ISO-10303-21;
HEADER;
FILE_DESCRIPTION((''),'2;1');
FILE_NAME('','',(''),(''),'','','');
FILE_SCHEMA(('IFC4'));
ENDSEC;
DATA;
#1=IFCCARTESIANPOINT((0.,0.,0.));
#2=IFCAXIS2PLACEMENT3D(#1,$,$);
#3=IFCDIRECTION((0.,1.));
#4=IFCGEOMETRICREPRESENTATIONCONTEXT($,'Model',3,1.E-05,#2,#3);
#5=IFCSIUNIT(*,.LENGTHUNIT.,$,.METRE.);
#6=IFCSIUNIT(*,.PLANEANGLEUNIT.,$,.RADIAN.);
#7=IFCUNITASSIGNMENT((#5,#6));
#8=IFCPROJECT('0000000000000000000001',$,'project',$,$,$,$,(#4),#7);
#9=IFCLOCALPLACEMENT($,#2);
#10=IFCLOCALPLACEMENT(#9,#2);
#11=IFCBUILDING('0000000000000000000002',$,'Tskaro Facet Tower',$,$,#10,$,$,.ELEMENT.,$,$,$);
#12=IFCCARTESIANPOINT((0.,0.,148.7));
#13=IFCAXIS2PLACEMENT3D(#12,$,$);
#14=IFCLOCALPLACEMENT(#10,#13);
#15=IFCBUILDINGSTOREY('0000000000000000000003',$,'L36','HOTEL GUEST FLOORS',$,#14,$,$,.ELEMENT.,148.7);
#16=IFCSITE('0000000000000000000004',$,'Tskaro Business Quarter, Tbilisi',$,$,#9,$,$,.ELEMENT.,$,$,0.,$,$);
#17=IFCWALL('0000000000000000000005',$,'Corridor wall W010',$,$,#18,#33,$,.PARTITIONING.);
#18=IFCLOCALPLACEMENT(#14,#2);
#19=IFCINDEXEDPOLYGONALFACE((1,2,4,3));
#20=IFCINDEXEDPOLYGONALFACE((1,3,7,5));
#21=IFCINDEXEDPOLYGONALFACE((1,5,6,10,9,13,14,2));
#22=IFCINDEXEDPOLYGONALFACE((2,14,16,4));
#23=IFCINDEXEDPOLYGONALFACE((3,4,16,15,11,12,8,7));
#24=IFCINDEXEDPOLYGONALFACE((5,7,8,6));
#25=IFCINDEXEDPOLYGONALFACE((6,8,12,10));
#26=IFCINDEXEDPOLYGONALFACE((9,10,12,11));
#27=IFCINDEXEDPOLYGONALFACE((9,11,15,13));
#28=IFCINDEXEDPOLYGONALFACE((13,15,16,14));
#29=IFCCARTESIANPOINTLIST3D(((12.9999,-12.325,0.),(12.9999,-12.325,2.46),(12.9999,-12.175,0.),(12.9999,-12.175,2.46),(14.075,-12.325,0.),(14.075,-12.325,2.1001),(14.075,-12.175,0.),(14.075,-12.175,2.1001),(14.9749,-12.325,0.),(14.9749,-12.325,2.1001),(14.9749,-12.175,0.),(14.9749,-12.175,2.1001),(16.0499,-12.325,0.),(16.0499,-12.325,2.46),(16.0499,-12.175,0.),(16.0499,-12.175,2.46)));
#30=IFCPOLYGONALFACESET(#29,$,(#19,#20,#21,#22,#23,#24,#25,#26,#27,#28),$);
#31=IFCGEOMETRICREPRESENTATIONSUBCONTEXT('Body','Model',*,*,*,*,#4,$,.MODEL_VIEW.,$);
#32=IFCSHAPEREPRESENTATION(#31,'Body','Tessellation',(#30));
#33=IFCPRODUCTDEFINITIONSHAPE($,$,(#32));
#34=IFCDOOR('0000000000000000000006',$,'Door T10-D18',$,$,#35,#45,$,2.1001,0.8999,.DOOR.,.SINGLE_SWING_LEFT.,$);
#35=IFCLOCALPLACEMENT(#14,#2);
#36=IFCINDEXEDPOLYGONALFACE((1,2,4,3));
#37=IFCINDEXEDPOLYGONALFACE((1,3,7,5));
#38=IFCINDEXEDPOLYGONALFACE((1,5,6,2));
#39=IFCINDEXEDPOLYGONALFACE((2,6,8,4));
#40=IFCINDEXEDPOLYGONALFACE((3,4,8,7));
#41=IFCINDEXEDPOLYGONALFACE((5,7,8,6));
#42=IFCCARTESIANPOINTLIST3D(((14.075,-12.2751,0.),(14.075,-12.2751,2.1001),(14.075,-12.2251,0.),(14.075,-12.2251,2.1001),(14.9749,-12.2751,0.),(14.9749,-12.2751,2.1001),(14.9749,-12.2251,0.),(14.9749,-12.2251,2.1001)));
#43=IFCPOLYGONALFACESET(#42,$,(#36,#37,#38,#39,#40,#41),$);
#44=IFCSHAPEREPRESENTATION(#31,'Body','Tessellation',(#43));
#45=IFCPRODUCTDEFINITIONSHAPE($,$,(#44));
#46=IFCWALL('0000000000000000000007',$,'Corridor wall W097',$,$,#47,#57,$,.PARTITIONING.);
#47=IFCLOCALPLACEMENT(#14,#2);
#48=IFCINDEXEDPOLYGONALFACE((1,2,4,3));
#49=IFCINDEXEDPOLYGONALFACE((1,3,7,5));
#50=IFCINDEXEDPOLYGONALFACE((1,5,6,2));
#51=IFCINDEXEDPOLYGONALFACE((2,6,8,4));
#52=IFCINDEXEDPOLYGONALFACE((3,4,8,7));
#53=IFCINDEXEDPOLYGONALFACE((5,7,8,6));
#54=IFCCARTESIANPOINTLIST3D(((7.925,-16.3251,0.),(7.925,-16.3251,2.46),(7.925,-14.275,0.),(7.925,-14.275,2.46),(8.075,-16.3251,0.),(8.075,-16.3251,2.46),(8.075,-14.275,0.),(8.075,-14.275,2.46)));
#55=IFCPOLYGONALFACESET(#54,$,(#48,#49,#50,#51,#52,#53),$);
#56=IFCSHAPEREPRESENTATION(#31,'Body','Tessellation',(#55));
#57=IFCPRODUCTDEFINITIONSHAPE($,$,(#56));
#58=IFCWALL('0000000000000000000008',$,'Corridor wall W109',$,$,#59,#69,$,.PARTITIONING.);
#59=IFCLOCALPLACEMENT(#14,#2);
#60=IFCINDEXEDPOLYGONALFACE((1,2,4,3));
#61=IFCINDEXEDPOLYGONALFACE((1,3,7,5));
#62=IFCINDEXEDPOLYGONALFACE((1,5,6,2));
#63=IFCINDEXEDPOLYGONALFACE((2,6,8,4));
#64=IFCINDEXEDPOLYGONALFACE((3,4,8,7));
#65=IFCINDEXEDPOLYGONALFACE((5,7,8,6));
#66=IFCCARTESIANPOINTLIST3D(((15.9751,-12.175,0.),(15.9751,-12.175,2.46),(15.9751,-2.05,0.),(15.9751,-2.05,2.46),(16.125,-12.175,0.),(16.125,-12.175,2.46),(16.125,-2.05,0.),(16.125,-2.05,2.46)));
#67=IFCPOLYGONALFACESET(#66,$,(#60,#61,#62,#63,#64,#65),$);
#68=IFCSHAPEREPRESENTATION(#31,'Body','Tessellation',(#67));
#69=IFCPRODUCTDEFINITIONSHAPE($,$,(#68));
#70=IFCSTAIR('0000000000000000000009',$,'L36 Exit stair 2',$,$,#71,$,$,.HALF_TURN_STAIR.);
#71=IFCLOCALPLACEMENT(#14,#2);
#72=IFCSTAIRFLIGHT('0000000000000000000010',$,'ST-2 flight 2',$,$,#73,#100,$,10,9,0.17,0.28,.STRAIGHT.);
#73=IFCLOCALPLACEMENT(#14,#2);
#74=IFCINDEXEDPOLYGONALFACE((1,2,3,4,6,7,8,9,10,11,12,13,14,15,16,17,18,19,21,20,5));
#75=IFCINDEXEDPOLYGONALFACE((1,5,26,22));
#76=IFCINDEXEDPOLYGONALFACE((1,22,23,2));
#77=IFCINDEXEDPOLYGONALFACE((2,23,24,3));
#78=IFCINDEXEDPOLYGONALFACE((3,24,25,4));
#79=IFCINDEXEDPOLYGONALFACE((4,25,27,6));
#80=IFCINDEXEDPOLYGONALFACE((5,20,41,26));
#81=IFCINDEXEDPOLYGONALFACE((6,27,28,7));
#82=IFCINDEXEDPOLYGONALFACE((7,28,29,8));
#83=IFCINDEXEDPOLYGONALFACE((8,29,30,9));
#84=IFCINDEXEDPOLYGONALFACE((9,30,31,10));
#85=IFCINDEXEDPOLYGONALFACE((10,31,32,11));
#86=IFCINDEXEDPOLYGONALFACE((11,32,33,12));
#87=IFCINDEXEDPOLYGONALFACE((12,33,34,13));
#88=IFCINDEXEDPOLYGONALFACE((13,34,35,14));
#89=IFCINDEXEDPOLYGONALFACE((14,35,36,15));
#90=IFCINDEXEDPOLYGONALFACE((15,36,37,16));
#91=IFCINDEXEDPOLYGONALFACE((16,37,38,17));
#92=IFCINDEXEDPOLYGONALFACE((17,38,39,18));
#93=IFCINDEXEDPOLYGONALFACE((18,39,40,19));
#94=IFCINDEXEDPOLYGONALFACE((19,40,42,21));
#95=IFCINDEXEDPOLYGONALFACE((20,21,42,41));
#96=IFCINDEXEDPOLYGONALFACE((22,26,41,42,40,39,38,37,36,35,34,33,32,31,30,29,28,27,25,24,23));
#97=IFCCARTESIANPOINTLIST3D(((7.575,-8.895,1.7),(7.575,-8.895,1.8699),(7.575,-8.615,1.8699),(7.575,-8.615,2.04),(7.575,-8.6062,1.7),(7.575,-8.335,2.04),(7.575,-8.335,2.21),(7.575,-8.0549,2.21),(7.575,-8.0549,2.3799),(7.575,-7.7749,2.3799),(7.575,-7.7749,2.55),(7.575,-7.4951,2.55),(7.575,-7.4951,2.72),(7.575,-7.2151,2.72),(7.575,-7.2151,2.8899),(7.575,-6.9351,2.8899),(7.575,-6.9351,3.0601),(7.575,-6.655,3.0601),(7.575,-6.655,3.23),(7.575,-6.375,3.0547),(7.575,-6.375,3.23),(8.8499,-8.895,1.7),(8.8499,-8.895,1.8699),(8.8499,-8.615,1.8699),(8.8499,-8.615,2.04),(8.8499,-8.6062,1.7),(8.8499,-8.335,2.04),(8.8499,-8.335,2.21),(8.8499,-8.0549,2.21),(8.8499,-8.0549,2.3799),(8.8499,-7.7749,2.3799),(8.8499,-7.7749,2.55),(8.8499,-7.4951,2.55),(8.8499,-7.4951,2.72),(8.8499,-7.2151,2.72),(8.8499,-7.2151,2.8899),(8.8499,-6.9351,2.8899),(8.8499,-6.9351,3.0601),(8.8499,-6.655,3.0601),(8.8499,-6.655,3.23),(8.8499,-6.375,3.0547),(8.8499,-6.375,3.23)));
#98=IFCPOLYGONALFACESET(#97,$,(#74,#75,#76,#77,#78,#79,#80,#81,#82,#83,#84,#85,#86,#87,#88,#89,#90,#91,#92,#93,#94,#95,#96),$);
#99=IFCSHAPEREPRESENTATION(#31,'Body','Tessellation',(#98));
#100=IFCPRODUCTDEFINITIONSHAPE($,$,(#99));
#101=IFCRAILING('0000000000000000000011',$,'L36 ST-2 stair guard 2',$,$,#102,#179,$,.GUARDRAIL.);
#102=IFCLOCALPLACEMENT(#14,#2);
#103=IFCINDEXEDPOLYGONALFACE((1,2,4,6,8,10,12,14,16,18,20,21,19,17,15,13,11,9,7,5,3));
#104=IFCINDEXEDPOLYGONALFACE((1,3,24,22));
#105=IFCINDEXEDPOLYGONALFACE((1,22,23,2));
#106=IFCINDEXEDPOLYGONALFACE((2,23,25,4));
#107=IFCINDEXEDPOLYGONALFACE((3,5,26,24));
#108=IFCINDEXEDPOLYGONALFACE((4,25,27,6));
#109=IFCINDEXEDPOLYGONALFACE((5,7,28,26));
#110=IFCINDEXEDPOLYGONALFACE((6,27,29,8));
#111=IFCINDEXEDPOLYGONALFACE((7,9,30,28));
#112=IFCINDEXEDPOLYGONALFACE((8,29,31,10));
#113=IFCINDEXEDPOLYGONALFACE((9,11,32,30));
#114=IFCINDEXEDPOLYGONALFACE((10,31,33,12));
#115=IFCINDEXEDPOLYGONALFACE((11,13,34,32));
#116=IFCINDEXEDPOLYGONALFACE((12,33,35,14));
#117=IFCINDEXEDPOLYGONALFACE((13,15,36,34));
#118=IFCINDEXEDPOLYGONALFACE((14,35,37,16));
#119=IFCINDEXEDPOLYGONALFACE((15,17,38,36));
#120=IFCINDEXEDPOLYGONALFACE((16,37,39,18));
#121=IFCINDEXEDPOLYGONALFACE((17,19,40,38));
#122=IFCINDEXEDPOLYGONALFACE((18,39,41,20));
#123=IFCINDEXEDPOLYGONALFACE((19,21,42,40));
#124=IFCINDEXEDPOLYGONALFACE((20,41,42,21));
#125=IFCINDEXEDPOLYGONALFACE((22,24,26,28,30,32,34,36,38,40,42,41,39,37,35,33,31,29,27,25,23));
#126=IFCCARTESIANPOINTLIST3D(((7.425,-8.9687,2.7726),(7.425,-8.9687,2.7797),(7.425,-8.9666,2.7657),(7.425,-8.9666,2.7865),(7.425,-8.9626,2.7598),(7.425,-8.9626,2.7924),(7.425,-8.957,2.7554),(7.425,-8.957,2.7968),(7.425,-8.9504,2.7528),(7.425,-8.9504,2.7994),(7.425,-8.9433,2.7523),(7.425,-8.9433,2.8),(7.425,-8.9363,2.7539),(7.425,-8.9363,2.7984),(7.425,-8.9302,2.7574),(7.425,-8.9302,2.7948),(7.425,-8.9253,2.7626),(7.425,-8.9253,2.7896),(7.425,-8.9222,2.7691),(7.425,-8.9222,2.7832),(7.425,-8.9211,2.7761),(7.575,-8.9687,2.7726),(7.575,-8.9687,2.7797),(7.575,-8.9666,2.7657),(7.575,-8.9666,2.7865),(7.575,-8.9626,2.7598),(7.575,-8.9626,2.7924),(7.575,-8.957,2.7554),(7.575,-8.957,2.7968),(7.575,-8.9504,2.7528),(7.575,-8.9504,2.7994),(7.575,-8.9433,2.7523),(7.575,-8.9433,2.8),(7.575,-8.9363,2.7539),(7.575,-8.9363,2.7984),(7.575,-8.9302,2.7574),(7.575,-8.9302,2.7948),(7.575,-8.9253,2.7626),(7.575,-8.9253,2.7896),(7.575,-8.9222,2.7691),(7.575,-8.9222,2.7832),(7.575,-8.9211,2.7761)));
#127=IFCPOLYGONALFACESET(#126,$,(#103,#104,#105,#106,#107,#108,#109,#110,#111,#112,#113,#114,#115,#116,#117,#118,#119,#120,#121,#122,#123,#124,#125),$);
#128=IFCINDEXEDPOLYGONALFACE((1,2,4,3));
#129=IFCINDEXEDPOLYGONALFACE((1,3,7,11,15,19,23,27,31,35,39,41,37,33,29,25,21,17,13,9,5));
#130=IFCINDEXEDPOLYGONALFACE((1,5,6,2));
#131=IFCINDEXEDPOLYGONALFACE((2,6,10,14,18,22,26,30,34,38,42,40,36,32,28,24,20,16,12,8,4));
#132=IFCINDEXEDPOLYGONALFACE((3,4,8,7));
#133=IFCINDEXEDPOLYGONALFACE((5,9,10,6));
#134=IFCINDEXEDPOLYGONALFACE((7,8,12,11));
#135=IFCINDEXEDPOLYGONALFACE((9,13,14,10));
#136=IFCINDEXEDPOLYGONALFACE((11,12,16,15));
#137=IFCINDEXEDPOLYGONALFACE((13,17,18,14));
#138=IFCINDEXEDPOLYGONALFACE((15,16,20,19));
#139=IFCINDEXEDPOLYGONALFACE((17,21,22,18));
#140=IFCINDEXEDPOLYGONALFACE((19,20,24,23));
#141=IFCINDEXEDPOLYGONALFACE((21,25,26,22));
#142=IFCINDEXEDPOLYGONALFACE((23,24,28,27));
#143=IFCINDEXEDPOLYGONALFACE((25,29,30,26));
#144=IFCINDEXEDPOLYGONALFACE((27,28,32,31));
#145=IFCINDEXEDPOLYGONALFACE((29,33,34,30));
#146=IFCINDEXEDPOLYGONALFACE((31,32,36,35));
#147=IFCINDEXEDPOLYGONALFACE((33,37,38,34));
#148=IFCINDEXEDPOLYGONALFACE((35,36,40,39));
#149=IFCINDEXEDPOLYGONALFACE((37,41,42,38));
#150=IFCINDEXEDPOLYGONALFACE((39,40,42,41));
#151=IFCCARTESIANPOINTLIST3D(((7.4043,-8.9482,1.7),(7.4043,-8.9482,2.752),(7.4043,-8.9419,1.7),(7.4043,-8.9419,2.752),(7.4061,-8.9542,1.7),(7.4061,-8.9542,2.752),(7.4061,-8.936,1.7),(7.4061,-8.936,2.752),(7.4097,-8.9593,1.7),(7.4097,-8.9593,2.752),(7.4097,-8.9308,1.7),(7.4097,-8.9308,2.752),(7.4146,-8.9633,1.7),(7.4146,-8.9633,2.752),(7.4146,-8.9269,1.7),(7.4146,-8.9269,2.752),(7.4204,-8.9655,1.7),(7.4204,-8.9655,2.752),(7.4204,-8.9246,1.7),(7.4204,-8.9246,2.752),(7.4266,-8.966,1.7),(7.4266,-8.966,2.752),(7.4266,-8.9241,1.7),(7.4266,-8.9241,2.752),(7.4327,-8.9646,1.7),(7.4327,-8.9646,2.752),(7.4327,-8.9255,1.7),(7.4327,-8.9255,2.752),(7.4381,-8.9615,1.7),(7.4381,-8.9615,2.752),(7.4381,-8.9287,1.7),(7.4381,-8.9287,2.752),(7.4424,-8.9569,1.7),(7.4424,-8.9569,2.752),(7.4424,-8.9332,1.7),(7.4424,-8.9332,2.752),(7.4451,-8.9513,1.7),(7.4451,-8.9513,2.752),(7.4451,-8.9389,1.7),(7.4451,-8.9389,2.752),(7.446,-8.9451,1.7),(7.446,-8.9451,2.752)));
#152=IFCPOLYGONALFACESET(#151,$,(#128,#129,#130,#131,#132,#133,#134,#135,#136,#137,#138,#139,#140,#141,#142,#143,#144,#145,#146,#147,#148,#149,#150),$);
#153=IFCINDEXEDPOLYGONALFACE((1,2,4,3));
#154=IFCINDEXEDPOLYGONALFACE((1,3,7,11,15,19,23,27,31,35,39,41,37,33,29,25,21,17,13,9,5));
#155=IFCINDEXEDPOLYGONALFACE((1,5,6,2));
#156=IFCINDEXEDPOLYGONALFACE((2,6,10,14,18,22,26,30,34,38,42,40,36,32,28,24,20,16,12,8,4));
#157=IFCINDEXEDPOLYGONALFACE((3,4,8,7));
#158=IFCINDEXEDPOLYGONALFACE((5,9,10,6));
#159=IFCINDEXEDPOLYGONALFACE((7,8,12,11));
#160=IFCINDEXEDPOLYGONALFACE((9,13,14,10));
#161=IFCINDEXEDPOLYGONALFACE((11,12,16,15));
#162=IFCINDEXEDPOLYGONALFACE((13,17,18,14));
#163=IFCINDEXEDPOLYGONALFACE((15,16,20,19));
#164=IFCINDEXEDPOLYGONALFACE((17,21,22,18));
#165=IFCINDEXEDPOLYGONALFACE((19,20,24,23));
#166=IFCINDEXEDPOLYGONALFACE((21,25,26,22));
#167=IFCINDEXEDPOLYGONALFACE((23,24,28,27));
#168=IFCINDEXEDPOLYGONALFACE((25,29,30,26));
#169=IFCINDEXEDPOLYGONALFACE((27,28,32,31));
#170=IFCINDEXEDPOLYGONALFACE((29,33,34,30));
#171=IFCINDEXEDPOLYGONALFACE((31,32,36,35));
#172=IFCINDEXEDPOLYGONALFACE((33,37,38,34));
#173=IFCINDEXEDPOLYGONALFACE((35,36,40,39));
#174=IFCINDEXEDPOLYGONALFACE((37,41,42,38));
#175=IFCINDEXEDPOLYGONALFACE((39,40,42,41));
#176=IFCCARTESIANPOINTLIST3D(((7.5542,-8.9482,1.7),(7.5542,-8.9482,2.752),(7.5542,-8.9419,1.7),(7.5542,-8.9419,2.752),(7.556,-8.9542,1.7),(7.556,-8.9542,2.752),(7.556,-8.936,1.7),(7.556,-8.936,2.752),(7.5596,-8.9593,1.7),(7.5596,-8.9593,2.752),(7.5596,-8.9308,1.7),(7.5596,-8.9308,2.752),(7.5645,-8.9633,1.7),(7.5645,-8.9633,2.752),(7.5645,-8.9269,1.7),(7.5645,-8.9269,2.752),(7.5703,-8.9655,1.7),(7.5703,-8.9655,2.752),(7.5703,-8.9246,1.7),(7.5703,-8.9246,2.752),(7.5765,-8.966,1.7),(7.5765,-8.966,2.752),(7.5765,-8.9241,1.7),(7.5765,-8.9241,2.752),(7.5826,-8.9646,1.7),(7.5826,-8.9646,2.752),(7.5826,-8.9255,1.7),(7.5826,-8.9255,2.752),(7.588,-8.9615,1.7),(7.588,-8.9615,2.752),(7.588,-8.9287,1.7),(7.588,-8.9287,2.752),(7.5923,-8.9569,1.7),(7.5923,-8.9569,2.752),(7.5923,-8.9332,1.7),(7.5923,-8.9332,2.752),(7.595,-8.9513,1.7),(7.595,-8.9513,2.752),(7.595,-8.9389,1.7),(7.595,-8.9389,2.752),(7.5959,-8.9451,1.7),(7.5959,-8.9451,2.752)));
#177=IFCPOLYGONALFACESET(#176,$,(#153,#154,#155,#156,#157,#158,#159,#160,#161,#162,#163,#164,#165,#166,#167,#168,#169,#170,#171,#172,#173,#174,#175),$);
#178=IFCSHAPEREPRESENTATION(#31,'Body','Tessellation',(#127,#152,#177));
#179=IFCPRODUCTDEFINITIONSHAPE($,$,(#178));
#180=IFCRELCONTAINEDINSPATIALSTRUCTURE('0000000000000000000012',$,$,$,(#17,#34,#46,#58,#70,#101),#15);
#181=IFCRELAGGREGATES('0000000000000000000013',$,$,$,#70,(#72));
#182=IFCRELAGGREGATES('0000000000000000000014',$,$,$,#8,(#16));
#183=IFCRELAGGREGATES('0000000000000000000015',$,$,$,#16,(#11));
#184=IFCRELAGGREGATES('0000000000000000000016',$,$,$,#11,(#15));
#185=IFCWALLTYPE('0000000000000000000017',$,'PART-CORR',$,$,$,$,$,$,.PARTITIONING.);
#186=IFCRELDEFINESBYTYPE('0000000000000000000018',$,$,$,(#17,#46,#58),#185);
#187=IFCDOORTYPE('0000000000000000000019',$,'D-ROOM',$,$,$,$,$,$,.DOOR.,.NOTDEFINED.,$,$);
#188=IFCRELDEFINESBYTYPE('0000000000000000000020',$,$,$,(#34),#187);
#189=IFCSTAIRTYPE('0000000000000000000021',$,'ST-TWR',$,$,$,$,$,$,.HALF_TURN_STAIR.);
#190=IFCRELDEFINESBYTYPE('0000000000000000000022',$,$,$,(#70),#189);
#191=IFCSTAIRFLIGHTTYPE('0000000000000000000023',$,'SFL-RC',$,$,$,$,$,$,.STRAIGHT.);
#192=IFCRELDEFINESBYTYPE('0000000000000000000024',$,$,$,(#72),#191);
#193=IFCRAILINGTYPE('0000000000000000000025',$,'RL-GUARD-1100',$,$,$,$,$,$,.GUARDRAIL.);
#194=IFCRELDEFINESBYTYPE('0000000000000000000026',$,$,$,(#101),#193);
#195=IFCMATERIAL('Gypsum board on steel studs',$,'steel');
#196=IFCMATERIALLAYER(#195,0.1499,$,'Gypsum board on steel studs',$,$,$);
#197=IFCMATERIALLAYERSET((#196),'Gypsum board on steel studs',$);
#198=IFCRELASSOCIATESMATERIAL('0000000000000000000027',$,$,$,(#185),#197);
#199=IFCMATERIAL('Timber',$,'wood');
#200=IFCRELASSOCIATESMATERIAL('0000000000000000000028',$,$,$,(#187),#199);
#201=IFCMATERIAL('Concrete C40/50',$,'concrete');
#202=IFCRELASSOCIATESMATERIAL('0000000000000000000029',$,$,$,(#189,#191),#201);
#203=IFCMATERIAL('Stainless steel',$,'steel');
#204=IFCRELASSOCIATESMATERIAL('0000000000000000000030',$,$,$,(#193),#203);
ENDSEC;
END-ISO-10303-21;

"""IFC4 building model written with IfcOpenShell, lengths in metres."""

from ifc_helpers import new_model, si_unit, direction, frame, frame_2d, origin, origin_2d, place, context, subcontext, project, spatial, polyline, rectangle, circle, outline, extrude, material, layer, layer_set, type_object, element, fill, aggregate, save


model = new_model("IFC4")

# Units and contexts
model_context = context("Model", 3, precision=1e-05, world=origin(), true_north=direction((0.0, 1.0)))
body_context = subcontext(model_context, "Body", "Model", "MODEL_VIEW")
ifc_project = project(units=[si_unit("LENGTHUNIT", "METRE"), si_unit("PLANEANGLEUNIT", "RADIAN")], contexts=[model_context])

# Site, building, storey
site_placement = place(None, origin())
site = spatial("IfcSite", under=ifc_project, at=site_placement, Name="Tskaro Business Quarter, Tbilisi", CompositionType="ELEMENT", RefElevation=0.0)
building_placement = place(site_placement, origin())
building = spatial("IfcBuilding", under=site, at=building_placement, Name="Tskaro Facet Tower", CompositionType="ELEMENT")
storey_placement = place(building_placement, frame((0.0, 0.0, 148.7)))
storey = spatial("IfcBuildingStorey", under=building, at=storey_placement, Name="L36", Description="HOTEL GUEST FLOORS", CompositionType="ELEMENT", Elevation=148.7)

# Shared definitions
ifc_material_1 = material(Name="Concrete C40/50", Category="concrete")

# Wall, opening, door
ifc_material_2 = material(Name="Gypsum board on steel studs", Category="steel")
ifc_layer_1 = layer(ifc_material_2, 0.1499, Name="Gypsum board on steel studs")
ifc_layer_set_1 = layer_set([ifc_layer_1], Name="Gypsum board on steel studs")
wall_type_1 = type_object("IfcWallType", Name="PART-CORR", PredefinedType="PARTITIONING", material=ifc_layer_set_1)
wall_1_placement = place(storey_placement, frame((13.0, -12.25, 0.0), z_axis=(0.0, 0.0, 1.0), x_axis=(1.0, 0.0, 0.0)))
wall_1 = element("IfcWall", 1, at=wall_1_placement, inside=storey, type_object=wall_type_1, Name="Corridor wall W010", PredefinedType="PARTITIONING", context=body_context, shape_type="SweptSolid", body=[
    extrude(rectangle(XDim=3.05, YDim=0.1499, at=frame_2d((1.5249, 0.0))), origin(), (0.0, 0.0, 1.0), 2.46),
])
opening_1_placement = place(wall_1_placement, frame((1.075, 0.0, 0.0)))
opening_1 = element("IfcOpeningElement", 2, at=opening_1_placement, cuts=wall_1, PredefinedType="OPENING", context=body_context, shape_type="SweptSolid", body=[
    extrude(rectangle(XDim=0.8999, YDim=2.1001, at=frame_2d((0.45, 1.05))), frame((0.0, 0.085, 0.0), z_axis=(0.0, -1.0, 0.0), x_axis=(1.0, 0.0, 0.0)), (0.0, 0.0, 1.0), 0.1699),
])
ifc_material_3 = material(Name="Timber", Category="wood")
door_type_1 = type_object("IfcDoorType", Name="D-ROOM", OperationType="NOTDEFINED", PredefinedType="DOOR", material=ifc_material_3)
door_1_placement = place(opening_1_placement, origin())
door_1 = element("IfcDoor", 3, at=door_1_placement, inside=storey, type_object=door_type_1, Name="Door T10-D18", OperationType="SINGLE_SWING_LEFT", OverallHeight=2.1001, OverallWidth=0.8999, PredefinedType="DOOR", context=body_context, shape_type="SweptSolid", body=[
    extrude(rectangle(XDim=0.8999, YDim=2.1001, at=frame_2d((0.45, 1.05))), frame((0.0, 0.0249, 0.0), z_axis=(0.0, -1.0, 0.0), x_axis=(1.0, 0.0, 0.0)), (0.0, 0.0, 1.0), 0.05),
])
fill(opening_1, door_1)

# Walls
wall_2_placement = place(storey_placement, frame((8.0, -16.325, 0.0), z_axis=(0.0, 0.0, 1.0), x_axis=(0.0, 1.0, 0.0)))
element("IfcWall", 4, at=wall_2_placement, inside=storey, type_object=wall_type_1, Name="Corridor wall W097", PredefinedType="PARTITIONING", context=body_context, shape_type="SweptSolid", body=[
    extrude(rectangle(XDim=2.05, YDim=0.1499, at=frame_2d((1.0249, 0.0))), origin(), (0.0, 0.0, 1.0), 2.46),
])
wall_3_placement = place(storey_placement, frame((16.05, -12.175, 0.0), z_axis=(0.0, 0.0, 1.0), x_axis=(0.0, 1.0, 0.0)))
element("IfcWall", 5, at=wall_3_placement, inside=storey, type_object=wall_type_1, Name="Corridor wall W109", PredefinedType="PARTITIONING", context=body_context, shape_type="SweptSolid", body=[
    extrude(rectangle(XDim=10.125, YDim=0.1499, at=frame_2d((5.0625, 0.0))), origin(), (0.0, 0.0, 1.0), 2.46),
])

# Stair, stair flight
stair_type = type_object("IfcStairType", Name="ST-TWR", PredefinedType="HALF_TURN_STAIR", material=ifc_material_1)
stair_placement = place(storey_placement, origin())
stair = element("IfcStair", 6, at=stair_placement, inside=storey, type_object=stair_type, Name="L36 Exit stair 2", PredefinedType="HALF_TURN_STAIR")
stair_flight_type = type_object("IfcStairFlightType", Name="SFL-RC", PredefinedType="STRAIGHT", material=ifc_material_1)
stair_flight_placement = place(storey_placement, frame((8.2124, -8.895, 1.7), z_axis=(0.0, 0.0, 1.0), x_axis=(0.0, 1.0, 0.0)))
stair_flight = element("IfcStairFlight", 7, at=stair_flight_placement, type_object=stair_flight_type, Name="ST-2 flight 2", NumberOfRisers=10, NumberOfTreads=9, PredefinedType="STRAIGHT", RiserHeight=0.17, TreadLength=0.28, context=body_context, shape_type="SweptSolid", body=[
    extrude(outline(polyline([(0.0, 0.0), (0.0, 0.1699), (0.28, 0.1699), (0.28, 0.3401), (0.5601, 0.3401), (0.5601, 0.51), (0.8401, 0.51), (0.8401, 0.6799), (1.1201, 0.6799), (1.1201, 0.8501), (1.3999, 0.8501), (1.3999, 1.02), (1.6799, 1.02), (1.6799, 1.1899), (1.96, 1.1899), (1.96, 1.3601), (2.24, 1.3601), (2.24, 1.53), (2.52, 1.53), (2.52, 1.7), (2.52, 1.3547), (0.2888, 0.0), (0.0, 0.0)])), frame((0.0, 0.6375, 0.0), z_axis=(0.0, -1.0, 0.0), x_axis=(1.0, 0.0, 0.0)), (0.0, 0.0, 1.0), 1.2749),
])
aggregate(stair, [stair_flight])

# Railing
ifc_material_4 = material(Name="Stainless steel", Category="steel")
railing_type = type_object("IfcRailingType", Name="RL-GUARD-1100", PredefinedType="GUARDRAIL", material=ifc_material_4)
railing_1_placement = place(storey_placement, frame((7.425, -8.9451, 1.7)))
element("IfcRailing", 8, at=railing_1_placement, inside=storey, type_object=railing_type, Name="L36 ST-2 stair guard 2", PredefinedType="GUARDRAIL", context=body_context, shape_type="SweptSolid", body=[
    extrude(circle(Radius=0.0239, at=origin_2d()), frame((0.0, 0.0, 1.0762), z_axis=(1.0, 0.0, 0.0), x_axis=(0.0, 1.0, 0.0)), (0.0, 0.0, 1.0), 0.1499),
    extrude(circle(Radius=0.021, at=origin_2d()), origin(), (0.0, 0.0, 1.0), 1.052),
    extrude(circle(Radius=0.021, at=origin_2d()), frame((0.1499, 0.0, 0.0)), (0.0, 0.0, 1.0), 1.052),
])

save(model, "model.ifc")
